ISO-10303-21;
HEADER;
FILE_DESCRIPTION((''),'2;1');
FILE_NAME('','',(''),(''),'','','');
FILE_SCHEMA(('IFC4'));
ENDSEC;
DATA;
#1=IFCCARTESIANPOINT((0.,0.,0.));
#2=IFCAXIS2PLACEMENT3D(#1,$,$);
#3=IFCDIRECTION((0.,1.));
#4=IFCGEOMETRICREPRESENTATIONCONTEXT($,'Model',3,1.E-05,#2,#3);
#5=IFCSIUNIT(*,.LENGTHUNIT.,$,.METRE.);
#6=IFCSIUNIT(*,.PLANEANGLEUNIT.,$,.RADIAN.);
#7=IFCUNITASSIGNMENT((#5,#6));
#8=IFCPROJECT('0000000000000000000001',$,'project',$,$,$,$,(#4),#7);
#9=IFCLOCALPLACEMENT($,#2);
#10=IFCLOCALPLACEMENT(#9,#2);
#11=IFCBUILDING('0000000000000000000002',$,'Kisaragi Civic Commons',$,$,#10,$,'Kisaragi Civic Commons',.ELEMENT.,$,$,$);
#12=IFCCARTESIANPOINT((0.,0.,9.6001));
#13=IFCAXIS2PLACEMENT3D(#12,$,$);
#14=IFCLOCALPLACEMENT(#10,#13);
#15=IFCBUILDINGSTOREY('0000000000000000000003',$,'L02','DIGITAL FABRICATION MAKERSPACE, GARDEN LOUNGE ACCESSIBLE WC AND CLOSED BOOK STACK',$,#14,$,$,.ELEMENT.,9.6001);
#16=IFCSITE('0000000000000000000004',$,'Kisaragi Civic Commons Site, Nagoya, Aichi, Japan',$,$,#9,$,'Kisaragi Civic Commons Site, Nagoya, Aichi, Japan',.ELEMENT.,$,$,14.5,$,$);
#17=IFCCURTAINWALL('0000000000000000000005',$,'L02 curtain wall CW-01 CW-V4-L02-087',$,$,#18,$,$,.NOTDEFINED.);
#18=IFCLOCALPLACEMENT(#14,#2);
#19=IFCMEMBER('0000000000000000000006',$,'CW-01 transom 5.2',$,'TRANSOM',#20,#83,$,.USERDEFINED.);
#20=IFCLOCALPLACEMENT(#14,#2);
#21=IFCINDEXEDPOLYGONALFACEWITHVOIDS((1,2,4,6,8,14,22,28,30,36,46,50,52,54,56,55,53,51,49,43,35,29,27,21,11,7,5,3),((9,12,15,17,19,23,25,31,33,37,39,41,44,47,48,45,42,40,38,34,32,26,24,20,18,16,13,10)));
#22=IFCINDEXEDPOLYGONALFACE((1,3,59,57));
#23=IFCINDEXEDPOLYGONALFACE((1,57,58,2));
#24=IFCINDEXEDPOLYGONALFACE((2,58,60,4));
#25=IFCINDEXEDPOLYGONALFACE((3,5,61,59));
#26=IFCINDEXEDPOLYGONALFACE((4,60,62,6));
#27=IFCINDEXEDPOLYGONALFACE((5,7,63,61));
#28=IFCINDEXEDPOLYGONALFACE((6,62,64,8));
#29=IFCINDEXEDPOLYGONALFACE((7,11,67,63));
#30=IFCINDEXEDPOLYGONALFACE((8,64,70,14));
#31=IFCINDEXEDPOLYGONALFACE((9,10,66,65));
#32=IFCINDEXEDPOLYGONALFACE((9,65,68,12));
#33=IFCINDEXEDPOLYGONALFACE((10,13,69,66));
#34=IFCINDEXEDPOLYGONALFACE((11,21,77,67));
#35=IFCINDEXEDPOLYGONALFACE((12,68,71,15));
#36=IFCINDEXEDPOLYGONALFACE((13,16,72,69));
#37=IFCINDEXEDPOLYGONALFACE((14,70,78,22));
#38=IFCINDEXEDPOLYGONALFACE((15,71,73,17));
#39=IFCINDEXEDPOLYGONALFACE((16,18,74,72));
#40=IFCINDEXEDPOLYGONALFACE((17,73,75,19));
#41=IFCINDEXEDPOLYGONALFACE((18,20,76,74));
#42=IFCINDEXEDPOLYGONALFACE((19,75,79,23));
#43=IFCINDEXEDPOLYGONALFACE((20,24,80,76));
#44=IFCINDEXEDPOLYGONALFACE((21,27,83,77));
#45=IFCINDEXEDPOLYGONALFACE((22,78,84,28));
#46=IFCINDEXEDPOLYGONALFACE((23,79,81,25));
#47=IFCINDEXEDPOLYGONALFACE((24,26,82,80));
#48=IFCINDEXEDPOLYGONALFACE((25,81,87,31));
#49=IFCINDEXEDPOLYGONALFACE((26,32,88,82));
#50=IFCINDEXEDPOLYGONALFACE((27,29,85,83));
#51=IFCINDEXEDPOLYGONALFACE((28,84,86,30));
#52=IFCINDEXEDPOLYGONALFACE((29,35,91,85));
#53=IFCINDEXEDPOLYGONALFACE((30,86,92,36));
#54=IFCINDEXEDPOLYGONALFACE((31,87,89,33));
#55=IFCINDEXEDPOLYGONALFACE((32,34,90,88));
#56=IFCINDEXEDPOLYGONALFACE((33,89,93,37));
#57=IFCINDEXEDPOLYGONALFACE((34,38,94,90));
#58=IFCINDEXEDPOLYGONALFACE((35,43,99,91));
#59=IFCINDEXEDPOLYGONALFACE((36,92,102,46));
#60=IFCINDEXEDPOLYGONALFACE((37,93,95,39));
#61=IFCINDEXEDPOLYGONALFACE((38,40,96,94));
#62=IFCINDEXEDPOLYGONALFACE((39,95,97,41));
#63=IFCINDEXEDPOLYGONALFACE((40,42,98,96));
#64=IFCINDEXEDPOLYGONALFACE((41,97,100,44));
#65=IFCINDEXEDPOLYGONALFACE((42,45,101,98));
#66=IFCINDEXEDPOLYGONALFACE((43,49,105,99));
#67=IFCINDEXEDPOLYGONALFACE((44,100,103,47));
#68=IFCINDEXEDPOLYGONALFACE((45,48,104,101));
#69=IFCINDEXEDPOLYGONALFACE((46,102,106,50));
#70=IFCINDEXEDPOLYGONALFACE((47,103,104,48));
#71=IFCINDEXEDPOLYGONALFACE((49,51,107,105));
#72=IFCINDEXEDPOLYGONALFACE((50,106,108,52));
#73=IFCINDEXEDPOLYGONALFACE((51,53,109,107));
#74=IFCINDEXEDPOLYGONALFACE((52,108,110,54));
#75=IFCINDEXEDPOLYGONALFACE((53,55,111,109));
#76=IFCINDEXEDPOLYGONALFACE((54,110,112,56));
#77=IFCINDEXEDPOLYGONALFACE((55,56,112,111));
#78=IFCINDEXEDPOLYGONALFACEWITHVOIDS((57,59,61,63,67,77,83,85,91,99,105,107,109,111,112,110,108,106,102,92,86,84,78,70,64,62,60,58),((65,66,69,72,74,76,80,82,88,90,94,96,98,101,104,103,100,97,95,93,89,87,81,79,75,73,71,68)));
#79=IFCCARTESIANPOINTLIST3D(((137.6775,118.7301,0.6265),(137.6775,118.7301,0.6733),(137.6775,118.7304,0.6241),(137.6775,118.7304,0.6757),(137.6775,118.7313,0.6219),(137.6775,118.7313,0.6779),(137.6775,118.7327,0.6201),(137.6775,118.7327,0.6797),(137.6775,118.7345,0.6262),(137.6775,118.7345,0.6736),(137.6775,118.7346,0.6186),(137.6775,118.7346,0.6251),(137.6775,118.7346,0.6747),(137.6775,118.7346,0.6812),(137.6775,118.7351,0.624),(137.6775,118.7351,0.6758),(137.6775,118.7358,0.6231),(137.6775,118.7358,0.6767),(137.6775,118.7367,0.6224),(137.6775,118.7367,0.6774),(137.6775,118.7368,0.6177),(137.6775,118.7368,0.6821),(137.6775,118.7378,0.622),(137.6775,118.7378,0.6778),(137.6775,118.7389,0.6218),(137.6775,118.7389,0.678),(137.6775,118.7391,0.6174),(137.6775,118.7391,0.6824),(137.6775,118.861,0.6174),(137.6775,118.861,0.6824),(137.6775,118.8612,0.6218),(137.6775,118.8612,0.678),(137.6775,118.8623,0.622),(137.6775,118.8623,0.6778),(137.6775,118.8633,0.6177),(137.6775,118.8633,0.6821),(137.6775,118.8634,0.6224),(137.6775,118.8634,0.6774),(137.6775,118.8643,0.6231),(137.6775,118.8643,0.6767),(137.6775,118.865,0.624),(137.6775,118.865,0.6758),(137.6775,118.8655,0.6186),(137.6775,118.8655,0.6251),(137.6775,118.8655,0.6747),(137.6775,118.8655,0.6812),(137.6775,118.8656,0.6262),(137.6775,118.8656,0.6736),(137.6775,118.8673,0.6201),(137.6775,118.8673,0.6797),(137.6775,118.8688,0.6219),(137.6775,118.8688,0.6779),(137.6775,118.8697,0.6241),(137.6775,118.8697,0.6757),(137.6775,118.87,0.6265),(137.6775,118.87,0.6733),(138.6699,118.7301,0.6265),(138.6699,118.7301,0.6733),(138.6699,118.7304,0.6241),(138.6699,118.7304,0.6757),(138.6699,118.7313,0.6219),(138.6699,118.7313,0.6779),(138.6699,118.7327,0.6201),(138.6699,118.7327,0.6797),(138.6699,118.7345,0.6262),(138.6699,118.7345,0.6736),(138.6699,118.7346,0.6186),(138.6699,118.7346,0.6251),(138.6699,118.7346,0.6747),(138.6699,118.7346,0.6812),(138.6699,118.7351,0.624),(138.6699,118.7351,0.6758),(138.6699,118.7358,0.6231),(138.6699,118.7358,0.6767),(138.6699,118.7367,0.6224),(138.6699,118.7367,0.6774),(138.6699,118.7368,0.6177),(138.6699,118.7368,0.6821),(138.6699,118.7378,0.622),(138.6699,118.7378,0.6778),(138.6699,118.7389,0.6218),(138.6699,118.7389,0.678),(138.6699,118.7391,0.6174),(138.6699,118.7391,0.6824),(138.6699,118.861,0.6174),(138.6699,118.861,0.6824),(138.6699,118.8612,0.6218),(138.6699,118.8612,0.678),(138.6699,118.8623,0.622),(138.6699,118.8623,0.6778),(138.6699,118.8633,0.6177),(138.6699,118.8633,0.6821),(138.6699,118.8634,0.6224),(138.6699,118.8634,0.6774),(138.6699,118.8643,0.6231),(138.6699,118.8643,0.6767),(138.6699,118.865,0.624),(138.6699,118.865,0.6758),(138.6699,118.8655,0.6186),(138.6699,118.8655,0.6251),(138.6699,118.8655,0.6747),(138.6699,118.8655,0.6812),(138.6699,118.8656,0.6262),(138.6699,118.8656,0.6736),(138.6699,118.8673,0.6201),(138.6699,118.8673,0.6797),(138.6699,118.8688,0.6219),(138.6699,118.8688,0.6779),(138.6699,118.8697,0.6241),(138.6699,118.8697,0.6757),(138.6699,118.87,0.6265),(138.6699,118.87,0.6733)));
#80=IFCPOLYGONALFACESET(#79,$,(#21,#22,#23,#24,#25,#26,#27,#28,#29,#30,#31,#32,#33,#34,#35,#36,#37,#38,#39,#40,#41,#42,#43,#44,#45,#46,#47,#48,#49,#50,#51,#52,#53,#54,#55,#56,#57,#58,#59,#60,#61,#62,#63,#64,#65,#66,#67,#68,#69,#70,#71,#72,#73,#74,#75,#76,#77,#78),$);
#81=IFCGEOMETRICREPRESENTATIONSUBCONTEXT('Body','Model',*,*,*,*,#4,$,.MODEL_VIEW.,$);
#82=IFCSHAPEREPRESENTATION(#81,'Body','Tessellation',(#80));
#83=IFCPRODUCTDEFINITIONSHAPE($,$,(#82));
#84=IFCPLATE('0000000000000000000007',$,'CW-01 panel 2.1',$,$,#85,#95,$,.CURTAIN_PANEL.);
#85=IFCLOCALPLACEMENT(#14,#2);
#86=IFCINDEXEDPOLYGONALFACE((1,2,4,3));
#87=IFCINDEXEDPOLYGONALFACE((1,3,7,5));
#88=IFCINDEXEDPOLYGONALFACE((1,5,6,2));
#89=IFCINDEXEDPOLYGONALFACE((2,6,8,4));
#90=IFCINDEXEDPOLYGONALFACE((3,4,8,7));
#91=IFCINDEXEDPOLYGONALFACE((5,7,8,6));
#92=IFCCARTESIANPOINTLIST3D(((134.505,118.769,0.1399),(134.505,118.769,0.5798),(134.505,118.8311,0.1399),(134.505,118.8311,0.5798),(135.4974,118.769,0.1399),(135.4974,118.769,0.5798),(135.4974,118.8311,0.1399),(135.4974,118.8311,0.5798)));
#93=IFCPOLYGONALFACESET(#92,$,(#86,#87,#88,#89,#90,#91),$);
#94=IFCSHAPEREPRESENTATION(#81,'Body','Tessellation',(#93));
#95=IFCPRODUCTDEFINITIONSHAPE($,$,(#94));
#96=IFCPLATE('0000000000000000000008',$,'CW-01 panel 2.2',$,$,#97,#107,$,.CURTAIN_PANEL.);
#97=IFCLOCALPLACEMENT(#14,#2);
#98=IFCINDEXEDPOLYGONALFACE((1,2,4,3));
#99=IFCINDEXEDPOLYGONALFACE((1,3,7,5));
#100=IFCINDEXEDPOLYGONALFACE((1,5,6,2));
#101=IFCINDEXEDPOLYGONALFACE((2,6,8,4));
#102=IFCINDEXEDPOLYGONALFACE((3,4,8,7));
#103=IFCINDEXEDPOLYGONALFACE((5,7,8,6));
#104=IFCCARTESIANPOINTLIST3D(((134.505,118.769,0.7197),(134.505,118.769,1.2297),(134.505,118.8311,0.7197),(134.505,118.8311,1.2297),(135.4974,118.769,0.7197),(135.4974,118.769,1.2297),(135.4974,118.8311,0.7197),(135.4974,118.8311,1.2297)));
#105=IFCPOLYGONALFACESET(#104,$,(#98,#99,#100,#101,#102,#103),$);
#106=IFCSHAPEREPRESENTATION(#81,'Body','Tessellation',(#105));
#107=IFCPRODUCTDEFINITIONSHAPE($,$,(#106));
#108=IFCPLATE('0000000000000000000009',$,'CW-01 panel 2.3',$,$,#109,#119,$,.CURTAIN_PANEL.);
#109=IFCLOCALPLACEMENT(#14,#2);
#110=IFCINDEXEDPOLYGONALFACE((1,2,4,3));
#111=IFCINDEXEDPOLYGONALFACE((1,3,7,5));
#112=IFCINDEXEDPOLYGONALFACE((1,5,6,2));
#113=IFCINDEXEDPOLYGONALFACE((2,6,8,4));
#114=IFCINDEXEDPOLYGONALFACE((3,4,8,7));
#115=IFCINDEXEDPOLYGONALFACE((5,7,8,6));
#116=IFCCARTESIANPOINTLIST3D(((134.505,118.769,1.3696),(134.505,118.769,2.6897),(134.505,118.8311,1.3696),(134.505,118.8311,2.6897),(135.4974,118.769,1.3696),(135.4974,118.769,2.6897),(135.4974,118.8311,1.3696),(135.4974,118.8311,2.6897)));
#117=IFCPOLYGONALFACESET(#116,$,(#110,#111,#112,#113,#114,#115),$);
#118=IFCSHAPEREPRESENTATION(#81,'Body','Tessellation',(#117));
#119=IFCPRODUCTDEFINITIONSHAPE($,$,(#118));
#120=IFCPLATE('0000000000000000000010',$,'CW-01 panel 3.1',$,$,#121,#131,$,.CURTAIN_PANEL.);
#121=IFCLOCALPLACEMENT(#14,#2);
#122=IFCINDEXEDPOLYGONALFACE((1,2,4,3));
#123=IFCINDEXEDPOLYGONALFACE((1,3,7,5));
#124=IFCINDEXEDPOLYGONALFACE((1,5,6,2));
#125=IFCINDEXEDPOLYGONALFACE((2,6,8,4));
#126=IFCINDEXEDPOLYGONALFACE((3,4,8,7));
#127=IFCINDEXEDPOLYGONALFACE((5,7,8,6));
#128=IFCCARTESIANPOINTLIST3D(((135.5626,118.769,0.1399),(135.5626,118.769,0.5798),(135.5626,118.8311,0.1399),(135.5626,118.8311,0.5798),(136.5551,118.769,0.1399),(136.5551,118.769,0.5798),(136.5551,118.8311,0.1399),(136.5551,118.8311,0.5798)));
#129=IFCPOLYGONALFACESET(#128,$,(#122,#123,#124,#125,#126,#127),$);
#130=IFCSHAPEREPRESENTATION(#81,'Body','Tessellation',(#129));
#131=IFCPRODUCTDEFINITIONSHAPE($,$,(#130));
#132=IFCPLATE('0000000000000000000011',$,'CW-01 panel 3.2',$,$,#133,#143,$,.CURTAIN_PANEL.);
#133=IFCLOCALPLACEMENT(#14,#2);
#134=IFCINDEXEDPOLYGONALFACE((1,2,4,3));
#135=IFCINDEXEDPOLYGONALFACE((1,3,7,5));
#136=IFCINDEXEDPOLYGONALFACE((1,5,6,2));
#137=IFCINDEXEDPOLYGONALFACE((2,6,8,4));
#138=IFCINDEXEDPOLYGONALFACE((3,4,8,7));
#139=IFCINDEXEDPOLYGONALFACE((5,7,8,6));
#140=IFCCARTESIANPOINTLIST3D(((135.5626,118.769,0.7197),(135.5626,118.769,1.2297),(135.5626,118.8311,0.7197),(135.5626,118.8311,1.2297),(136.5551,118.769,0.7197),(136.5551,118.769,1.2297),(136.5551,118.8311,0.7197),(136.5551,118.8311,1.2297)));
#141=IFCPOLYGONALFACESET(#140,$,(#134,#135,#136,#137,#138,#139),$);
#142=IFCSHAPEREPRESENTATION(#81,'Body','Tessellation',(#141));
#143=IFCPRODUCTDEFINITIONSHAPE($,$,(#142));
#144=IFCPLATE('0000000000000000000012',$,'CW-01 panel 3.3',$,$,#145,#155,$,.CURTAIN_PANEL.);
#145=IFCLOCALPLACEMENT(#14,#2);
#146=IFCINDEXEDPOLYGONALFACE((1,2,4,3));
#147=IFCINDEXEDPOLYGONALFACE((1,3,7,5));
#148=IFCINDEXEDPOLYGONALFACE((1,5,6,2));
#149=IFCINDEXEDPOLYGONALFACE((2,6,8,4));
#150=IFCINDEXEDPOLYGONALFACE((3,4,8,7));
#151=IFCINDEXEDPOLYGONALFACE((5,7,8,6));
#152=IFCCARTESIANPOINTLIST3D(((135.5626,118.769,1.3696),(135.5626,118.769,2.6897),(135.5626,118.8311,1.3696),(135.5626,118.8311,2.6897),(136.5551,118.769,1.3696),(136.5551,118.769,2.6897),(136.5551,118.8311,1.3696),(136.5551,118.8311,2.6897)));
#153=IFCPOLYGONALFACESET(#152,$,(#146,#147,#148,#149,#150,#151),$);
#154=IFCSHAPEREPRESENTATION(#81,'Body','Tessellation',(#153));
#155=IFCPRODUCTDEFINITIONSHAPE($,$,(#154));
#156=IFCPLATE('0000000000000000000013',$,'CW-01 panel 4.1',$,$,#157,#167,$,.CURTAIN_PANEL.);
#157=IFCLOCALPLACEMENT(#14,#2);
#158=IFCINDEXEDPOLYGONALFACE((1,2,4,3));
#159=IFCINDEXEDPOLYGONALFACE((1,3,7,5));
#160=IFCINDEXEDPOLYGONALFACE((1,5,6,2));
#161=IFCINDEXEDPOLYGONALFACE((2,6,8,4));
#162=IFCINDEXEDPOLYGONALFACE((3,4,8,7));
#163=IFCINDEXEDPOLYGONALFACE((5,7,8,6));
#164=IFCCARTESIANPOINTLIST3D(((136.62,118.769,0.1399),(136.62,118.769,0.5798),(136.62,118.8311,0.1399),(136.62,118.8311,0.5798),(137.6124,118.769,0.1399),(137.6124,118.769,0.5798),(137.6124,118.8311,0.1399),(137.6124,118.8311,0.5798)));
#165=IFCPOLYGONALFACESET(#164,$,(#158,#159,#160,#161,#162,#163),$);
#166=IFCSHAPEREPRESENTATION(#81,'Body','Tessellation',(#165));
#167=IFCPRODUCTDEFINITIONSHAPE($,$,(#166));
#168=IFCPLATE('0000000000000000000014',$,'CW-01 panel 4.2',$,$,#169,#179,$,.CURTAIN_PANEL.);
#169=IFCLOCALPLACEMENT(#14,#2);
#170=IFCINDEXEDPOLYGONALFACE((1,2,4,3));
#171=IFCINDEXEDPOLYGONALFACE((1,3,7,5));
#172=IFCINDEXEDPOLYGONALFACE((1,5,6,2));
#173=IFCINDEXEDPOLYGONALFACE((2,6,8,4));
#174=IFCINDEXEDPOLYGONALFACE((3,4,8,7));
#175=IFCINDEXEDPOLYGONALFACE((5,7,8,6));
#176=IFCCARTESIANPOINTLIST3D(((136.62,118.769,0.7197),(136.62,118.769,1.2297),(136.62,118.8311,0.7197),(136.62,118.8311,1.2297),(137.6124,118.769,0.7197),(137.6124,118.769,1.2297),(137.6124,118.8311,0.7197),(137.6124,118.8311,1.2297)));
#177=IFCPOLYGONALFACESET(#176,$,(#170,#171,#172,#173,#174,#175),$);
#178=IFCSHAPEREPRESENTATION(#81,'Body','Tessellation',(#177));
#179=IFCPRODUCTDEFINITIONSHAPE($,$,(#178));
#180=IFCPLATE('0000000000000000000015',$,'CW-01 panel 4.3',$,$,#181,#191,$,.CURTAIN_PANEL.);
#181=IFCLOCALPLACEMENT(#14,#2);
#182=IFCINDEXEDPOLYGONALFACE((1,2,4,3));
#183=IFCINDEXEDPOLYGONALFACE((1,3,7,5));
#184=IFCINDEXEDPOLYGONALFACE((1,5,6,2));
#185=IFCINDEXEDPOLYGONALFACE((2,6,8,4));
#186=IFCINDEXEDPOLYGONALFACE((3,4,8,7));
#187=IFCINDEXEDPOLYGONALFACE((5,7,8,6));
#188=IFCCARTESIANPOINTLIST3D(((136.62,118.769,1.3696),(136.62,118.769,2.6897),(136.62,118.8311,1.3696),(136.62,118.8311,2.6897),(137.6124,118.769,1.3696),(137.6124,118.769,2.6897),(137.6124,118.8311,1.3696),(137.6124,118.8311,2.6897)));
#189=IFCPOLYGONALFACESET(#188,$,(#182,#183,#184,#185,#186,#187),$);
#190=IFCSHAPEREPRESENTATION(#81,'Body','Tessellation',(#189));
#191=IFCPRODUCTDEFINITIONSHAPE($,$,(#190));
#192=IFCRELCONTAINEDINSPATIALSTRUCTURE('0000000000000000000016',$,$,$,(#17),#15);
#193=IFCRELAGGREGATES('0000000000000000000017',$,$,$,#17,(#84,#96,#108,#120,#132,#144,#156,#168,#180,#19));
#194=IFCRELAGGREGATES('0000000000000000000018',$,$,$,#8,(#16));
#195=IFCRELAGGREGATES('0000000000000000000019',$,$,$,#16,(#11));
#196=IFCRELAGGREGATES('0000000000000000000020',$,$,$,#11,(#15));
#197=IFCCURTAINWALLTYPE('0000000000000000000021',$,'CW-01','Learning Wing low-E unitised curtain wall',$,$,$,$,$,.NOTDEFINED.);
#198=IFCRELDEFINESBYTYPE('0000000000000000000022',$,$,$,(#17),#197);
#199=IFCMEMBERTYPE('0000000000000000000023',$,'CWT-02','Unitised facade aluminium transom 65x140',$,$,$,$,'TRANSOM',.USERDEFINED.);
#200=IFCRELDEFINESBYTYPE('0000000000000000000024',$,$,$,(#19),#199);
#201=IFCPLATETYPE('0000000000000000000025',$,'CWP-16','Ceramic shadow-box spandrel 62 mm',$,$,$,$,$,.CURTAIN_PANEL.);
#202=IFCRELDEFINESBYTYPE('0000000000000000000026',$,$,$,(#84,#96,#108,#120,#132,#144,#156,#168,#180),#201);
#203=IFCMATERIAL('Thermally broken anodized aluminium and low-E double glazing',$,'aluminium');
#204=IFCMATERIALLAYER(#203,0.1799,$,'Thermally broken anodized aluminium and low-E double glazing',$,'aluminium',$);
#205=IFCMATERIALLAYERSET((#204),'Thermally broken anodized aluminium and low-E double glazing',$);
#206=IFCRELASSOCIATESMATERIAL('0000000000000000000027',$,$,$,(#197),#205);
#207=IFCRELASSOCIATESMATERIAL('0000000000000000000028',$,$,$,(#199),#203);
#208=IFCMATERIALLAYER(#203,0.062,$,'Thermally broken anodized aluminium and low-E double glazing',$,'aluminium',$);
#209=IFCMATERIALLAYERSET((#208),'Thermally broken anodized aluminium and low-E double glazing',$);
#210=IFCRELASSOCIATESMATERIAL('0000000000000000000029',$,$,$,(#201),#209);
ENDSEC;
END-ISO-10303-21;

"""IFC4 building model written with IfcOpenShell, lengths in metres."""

from ifc_helpers import new_model, si_unit, direction, frame, origin, origin_2d, place, context, subcontext, project, spatial, rectangle, hollow_rectangle, extrude, material, layer, layer_set, material_profile, profile_set, type_object, element, aggregate, save


model = new_model("IFC4")

# Units and contexts
model_context = context("Model", 3, precision=1e-05, world=origin(), true_north=direction((0.0, 1.0)))
body_context = subcontext(model_context, "Body", "Model", "MODEL_VIEW")
ifc_project = project(units=[si_unit("LENGTHUNIT", "METRE"), si_unit("PLANEANGLEUNIT", "RADIAN")], contexts=[model_context])

# Site, building, storey
site_placement = place(None, origin())
site = spatial("IfcSite", under=ifc_project, at=site_placement, Name="Kisaragi Civic Commons Site, Nagoya, Aichi, Japan", LongName="Kisaragi Civic Commons Site, Nagoya, Aichi, Japan", CompositionType="ELEMENT", RefElevation=14.5)
building_placement = place(site_placement, origin())
building = spatial("IfcBuilding", under=site, at=building_placement, Name="Kisaragi Civic Commons", LongName="Kisaragi Civic Commons", CompositionType="ELEMENT")
storey_placement = place(building_placement, frame((0.0, 0.0, 9.6001)))
storey = spatial("IfcBuildingStorey", under=building, at=storey_placement, Name="L02", Description="DIGITAL FABRICATION MAKERSPACE, GARDEN LOUNGE ACCESSIBLE WC AND CLOSED BOOK STACK", CompositionType="ELEMENT", Elevation=9.6001)

# Curtain wall, member, plates
ifc_material_1 = material(Name="Thermally broken anodized aluminium and low-E double glazing", Category="aluminium")
ifc_layer_1 = layer(ifc_material_1, 0.1799, Name="Thermally broken anodized aluminium and low-E double glazing", Category="aluminium")
ifc_layer_set_1 = layer_set([ifc_layer_1], Name="Thermally broken anodized aluminium and low-E double glazing")
curtain_wall_type = type_object("IfcCurtainWallType", Name="CW-01", Description="Learning Wing low-E unitised curtain wall", PredefinedType="NOTDEFINED", material=ifc_layer_set_1)
curtain_wall_placement = place(storey_placement, origin())
curtain_wall = element("IfcCurtainWall", 1, at=curtain_wall_placement, inside=storey, type_object=curtain_wall_type, Name="L02 curtain wall CW-01 CW-V4-L02-087", PredefinedType="NOTDEFINED")
ifc_material_profile_1 = material_profile(ifc_material_1, hollow_rectangle(XDim=0.1399, YDim=0.0649, WallThickness=0.0044, InnerFilletRadius=0.0044, OuterFilletRadius=0.009, at=origin_2d()), Name="CWT-65x140x4.5", Category="aluminium")
ifc_profile_set_1 = profile_set([ifc_material_profile_1], Name="Thermally broken anodized aluminium and low-E double glazing")
member_type_1 = type_object("IfcMemberType", Name="CWT-02", Description="Unitised facade aluminium transom 65x140", ElementType="TRANSOM", PredefinedType="USERDEFINED", material=ifc_profile_set_1)
member_1_placement = place(storey_placement, frame((137.6775, 118.8, 0.6499), z_axis=(1.0, 0.0, 0.0), x_axis=(0.0, 1.0, 0.0)))
member_1 = element("IfcMember", 2, at=member_1_placement, type_object=member_type_1, Name="CW-01 transom 5.2", ObjectType="TRANSOM", PredefinedType="USERDEFINED", context=body_context, shape_type="SweptSolid", body=[
    extrude(hollow_rectangle(XDim=0.1399, YDim=0.0649, WallThickness=0.0044, InnerFilletRadius=0.0044, OuterFilletRadius=0.009, at=origin_2d()), origin(), (0.0, 0.0, 1.0), 0.9924),
])
ifc_layer_2 = layer(ifc_material_1, 0.062, Name="Thermally broken anodized aluminium and low-E double glazing", Category="aluminium")
ifc_layer_set_2 = layer_set([ifc_layer_2], Name="Thermally broken anodized aluminium and low-E double glazing")
plate_type = type_object("IfcPlateType", Name="CWP-16", Description="Ceramic shadow-box spandrel 62 mm", PredefinedType="CURTAIN_PANEL", material=ifc_layer_set_2)
plate_1_placement = place(storey_placement, frame((135.0012, 118.8, 0.1399), z_axis=(0.0, 0.0, 1.0), x_axis=(1.0, 0.0, 0.0)))
plate_1 = element("IfcPlate", 3, at=plate_1_placement, type_object=plate_type, Name="CW-01 panel 2.1", PredefinedType="CURTAIN_PANEL", context=body_context, shape_type="SweptSolid", body=[
    extrude(rectangle(XDim=0.9924, YDim=0.062, at=origin_2d()), origin(), (0.0, 0.0, 1.0), 0.4399),
])
plate_2_placement = place(storey_placement, frame((135.0012, 118.8, 0.7197), z_axis=(0.0, 0.0, 1.0), x_axis=(1.0, 0.0, 0.0)))
plate_2 = element("IfcPlate", 4, at=plate_2_placement, type_object=plate_type, Name="CW-01 panel 2.2", PredefinedType="CURTAIN_PANEL", context=body_context, shape_type="SweptSolid", body=[
    extrude(rectangle(XDim=0.9924, YDim=0.062, at=origin_2d()), origin(), (0.0, 0.0, 1.0), 0.51),
])
plate_3_placement = place(storey_placement, frame((135.0012, 118.8, 1.3696), z_axis=(0.0, 0.0, 1.0), x_axis=(1.0, 0.0, 0.0)))
plate_3 = element("IfcPlate", 5, at=plate_3_placement, type_object=plate_type, Name="CW-01 panel 2.3", PredefinedType="CURTAIN_PANEL", context=body_context, shape_type="SweptSolid", body=[
    extrude(rectangle(XDim=0.9924, YDim=0.062, at=origin_2d()), origin(), (0.0, 0.0, 1.0), 1.3201),
])
plate_4_placement = place(storey_placement, frame((136.0588, 118.8, 0.1399), z_axis=(0.0, 0.0, 1.0), x_axis=(1.0, 0.0, 0.0)))
plate_4 = element("IfcPlate", 6, at=plate_4_placement, type_object=plate_type, Name="CW-01 panel 3.1", PredefinedType="CURTAIN_PANEL", context=body_context, shape_type="SweptSolid", body=[
    extrude(rectangle(XDim=0.9924, YDim=0.062, at=origin_2d()), origin(), (0.0, 0.0, 1.0), 0.4399),
])
plate_5_placement = place(storey_placement, frame((136.0588, 118.8, 0.7197), z_axis=(0.0, 0.0, 1.0), x_axis=(1.0, 0.0, 0.0)))
plate_5 = element("IfcPlate", 7, at=plate_5_placement, type_object=plate_type, Name="CW-01 panel 3.2", PredefinedType="CURTAIN_PANEL", context=body_context, shape_type="SweptSolid", body=[
    extrude(rectangle(XDim=0.9924, YDim=0.062, at=origin_2d()), origin(), (0.0, 0.0, 1.0), 0.51),
])
plate_6_placement = place(storey_placement, frame((136.0588, 118.8, 1.3696), z_axis=(0.0, 0.0, 1.0), x_axis=(1.0, 0.0, 0.0)))
plate_6 = element("IfcPlate", 8, at=plate_6_placement, type_object=plate_type, Name="CW-01 panel 3.3", PredefinedType="CURTAIN_PANEL", context=body_context, shape_type="SweptSolid", body=[
    extrude(rectangle(XDim=0.9924, YDim=0.062, at=origin_2d()), origin(), (0.0, 0.0, 1.0), 1.3201),
])
plate_7_placement = place(storey_placement, frame((137.1162, 118.8, 0.1399), z_axis=(0.0, 0.0, 1.0), x_axis=(1.0, 0.0, 0.0)))
plate_7 = element("IfcPlate", 9, at=plate_7_placement, type_object=plate_type, Name="CW-01 panel 4.1", PredefinedType="CURTAIN_PANEL", context=body_context, shape_type="SweptSolid", body=[
    extrude(rectangle(XDim=0.9924, YDim=0.062, at=origin_2d()), origin(), (0.0, 0.0, 1.0), 0.4399),
])
plate_8_placement = place(storey_placement, frame((137.1162, 118.8, 0.7197), z_axis=(0.0, 0.0, 1.0), x_axis=(1.0, 0.0, 0.0)))
plate_8 = element("IfcPlate", 10, at=plate_8_placement, type_object=plate_type, Name="CW-01 panel 4.2", PredefinedType="CURTAIN_PANEL", context=body_context, shape_type="SweptSolid", body=[
    extrude(rectangle(XDim=0.9924, YDim=0.062, at=origin_2d()), origin(), (0.0, 0.0, 1.0), 0.51),
])
plate_9_placement = place(storey_placement, frame((137.1162, 118.8, 1.3696), z_axis=(0.0, 0.0, 1.0), x_axis=(1.0, 0.0, 0.0)))
plate_9 = element("IfcPlate", 11, at=plate_9_placement, type_object=plate_type, Name="CW-01 panel 4.3", PredefinedType="CURTAIN_PANEL", context=body_context, shape_type="SweptSolid", body=[
    extrude(rectangle(XDim=0.9924, YDim=0.062, at=origin_2d()), origin(), (0.0, 0.0, 1.0), 1.3201),
])
aggregate(curtain_wall, [plate_1, plate_2, plate_3, plate_4, plate_5, plate_6, plate_7, plate_8, plate_9, member_1])

save(model, "model.ifc")
